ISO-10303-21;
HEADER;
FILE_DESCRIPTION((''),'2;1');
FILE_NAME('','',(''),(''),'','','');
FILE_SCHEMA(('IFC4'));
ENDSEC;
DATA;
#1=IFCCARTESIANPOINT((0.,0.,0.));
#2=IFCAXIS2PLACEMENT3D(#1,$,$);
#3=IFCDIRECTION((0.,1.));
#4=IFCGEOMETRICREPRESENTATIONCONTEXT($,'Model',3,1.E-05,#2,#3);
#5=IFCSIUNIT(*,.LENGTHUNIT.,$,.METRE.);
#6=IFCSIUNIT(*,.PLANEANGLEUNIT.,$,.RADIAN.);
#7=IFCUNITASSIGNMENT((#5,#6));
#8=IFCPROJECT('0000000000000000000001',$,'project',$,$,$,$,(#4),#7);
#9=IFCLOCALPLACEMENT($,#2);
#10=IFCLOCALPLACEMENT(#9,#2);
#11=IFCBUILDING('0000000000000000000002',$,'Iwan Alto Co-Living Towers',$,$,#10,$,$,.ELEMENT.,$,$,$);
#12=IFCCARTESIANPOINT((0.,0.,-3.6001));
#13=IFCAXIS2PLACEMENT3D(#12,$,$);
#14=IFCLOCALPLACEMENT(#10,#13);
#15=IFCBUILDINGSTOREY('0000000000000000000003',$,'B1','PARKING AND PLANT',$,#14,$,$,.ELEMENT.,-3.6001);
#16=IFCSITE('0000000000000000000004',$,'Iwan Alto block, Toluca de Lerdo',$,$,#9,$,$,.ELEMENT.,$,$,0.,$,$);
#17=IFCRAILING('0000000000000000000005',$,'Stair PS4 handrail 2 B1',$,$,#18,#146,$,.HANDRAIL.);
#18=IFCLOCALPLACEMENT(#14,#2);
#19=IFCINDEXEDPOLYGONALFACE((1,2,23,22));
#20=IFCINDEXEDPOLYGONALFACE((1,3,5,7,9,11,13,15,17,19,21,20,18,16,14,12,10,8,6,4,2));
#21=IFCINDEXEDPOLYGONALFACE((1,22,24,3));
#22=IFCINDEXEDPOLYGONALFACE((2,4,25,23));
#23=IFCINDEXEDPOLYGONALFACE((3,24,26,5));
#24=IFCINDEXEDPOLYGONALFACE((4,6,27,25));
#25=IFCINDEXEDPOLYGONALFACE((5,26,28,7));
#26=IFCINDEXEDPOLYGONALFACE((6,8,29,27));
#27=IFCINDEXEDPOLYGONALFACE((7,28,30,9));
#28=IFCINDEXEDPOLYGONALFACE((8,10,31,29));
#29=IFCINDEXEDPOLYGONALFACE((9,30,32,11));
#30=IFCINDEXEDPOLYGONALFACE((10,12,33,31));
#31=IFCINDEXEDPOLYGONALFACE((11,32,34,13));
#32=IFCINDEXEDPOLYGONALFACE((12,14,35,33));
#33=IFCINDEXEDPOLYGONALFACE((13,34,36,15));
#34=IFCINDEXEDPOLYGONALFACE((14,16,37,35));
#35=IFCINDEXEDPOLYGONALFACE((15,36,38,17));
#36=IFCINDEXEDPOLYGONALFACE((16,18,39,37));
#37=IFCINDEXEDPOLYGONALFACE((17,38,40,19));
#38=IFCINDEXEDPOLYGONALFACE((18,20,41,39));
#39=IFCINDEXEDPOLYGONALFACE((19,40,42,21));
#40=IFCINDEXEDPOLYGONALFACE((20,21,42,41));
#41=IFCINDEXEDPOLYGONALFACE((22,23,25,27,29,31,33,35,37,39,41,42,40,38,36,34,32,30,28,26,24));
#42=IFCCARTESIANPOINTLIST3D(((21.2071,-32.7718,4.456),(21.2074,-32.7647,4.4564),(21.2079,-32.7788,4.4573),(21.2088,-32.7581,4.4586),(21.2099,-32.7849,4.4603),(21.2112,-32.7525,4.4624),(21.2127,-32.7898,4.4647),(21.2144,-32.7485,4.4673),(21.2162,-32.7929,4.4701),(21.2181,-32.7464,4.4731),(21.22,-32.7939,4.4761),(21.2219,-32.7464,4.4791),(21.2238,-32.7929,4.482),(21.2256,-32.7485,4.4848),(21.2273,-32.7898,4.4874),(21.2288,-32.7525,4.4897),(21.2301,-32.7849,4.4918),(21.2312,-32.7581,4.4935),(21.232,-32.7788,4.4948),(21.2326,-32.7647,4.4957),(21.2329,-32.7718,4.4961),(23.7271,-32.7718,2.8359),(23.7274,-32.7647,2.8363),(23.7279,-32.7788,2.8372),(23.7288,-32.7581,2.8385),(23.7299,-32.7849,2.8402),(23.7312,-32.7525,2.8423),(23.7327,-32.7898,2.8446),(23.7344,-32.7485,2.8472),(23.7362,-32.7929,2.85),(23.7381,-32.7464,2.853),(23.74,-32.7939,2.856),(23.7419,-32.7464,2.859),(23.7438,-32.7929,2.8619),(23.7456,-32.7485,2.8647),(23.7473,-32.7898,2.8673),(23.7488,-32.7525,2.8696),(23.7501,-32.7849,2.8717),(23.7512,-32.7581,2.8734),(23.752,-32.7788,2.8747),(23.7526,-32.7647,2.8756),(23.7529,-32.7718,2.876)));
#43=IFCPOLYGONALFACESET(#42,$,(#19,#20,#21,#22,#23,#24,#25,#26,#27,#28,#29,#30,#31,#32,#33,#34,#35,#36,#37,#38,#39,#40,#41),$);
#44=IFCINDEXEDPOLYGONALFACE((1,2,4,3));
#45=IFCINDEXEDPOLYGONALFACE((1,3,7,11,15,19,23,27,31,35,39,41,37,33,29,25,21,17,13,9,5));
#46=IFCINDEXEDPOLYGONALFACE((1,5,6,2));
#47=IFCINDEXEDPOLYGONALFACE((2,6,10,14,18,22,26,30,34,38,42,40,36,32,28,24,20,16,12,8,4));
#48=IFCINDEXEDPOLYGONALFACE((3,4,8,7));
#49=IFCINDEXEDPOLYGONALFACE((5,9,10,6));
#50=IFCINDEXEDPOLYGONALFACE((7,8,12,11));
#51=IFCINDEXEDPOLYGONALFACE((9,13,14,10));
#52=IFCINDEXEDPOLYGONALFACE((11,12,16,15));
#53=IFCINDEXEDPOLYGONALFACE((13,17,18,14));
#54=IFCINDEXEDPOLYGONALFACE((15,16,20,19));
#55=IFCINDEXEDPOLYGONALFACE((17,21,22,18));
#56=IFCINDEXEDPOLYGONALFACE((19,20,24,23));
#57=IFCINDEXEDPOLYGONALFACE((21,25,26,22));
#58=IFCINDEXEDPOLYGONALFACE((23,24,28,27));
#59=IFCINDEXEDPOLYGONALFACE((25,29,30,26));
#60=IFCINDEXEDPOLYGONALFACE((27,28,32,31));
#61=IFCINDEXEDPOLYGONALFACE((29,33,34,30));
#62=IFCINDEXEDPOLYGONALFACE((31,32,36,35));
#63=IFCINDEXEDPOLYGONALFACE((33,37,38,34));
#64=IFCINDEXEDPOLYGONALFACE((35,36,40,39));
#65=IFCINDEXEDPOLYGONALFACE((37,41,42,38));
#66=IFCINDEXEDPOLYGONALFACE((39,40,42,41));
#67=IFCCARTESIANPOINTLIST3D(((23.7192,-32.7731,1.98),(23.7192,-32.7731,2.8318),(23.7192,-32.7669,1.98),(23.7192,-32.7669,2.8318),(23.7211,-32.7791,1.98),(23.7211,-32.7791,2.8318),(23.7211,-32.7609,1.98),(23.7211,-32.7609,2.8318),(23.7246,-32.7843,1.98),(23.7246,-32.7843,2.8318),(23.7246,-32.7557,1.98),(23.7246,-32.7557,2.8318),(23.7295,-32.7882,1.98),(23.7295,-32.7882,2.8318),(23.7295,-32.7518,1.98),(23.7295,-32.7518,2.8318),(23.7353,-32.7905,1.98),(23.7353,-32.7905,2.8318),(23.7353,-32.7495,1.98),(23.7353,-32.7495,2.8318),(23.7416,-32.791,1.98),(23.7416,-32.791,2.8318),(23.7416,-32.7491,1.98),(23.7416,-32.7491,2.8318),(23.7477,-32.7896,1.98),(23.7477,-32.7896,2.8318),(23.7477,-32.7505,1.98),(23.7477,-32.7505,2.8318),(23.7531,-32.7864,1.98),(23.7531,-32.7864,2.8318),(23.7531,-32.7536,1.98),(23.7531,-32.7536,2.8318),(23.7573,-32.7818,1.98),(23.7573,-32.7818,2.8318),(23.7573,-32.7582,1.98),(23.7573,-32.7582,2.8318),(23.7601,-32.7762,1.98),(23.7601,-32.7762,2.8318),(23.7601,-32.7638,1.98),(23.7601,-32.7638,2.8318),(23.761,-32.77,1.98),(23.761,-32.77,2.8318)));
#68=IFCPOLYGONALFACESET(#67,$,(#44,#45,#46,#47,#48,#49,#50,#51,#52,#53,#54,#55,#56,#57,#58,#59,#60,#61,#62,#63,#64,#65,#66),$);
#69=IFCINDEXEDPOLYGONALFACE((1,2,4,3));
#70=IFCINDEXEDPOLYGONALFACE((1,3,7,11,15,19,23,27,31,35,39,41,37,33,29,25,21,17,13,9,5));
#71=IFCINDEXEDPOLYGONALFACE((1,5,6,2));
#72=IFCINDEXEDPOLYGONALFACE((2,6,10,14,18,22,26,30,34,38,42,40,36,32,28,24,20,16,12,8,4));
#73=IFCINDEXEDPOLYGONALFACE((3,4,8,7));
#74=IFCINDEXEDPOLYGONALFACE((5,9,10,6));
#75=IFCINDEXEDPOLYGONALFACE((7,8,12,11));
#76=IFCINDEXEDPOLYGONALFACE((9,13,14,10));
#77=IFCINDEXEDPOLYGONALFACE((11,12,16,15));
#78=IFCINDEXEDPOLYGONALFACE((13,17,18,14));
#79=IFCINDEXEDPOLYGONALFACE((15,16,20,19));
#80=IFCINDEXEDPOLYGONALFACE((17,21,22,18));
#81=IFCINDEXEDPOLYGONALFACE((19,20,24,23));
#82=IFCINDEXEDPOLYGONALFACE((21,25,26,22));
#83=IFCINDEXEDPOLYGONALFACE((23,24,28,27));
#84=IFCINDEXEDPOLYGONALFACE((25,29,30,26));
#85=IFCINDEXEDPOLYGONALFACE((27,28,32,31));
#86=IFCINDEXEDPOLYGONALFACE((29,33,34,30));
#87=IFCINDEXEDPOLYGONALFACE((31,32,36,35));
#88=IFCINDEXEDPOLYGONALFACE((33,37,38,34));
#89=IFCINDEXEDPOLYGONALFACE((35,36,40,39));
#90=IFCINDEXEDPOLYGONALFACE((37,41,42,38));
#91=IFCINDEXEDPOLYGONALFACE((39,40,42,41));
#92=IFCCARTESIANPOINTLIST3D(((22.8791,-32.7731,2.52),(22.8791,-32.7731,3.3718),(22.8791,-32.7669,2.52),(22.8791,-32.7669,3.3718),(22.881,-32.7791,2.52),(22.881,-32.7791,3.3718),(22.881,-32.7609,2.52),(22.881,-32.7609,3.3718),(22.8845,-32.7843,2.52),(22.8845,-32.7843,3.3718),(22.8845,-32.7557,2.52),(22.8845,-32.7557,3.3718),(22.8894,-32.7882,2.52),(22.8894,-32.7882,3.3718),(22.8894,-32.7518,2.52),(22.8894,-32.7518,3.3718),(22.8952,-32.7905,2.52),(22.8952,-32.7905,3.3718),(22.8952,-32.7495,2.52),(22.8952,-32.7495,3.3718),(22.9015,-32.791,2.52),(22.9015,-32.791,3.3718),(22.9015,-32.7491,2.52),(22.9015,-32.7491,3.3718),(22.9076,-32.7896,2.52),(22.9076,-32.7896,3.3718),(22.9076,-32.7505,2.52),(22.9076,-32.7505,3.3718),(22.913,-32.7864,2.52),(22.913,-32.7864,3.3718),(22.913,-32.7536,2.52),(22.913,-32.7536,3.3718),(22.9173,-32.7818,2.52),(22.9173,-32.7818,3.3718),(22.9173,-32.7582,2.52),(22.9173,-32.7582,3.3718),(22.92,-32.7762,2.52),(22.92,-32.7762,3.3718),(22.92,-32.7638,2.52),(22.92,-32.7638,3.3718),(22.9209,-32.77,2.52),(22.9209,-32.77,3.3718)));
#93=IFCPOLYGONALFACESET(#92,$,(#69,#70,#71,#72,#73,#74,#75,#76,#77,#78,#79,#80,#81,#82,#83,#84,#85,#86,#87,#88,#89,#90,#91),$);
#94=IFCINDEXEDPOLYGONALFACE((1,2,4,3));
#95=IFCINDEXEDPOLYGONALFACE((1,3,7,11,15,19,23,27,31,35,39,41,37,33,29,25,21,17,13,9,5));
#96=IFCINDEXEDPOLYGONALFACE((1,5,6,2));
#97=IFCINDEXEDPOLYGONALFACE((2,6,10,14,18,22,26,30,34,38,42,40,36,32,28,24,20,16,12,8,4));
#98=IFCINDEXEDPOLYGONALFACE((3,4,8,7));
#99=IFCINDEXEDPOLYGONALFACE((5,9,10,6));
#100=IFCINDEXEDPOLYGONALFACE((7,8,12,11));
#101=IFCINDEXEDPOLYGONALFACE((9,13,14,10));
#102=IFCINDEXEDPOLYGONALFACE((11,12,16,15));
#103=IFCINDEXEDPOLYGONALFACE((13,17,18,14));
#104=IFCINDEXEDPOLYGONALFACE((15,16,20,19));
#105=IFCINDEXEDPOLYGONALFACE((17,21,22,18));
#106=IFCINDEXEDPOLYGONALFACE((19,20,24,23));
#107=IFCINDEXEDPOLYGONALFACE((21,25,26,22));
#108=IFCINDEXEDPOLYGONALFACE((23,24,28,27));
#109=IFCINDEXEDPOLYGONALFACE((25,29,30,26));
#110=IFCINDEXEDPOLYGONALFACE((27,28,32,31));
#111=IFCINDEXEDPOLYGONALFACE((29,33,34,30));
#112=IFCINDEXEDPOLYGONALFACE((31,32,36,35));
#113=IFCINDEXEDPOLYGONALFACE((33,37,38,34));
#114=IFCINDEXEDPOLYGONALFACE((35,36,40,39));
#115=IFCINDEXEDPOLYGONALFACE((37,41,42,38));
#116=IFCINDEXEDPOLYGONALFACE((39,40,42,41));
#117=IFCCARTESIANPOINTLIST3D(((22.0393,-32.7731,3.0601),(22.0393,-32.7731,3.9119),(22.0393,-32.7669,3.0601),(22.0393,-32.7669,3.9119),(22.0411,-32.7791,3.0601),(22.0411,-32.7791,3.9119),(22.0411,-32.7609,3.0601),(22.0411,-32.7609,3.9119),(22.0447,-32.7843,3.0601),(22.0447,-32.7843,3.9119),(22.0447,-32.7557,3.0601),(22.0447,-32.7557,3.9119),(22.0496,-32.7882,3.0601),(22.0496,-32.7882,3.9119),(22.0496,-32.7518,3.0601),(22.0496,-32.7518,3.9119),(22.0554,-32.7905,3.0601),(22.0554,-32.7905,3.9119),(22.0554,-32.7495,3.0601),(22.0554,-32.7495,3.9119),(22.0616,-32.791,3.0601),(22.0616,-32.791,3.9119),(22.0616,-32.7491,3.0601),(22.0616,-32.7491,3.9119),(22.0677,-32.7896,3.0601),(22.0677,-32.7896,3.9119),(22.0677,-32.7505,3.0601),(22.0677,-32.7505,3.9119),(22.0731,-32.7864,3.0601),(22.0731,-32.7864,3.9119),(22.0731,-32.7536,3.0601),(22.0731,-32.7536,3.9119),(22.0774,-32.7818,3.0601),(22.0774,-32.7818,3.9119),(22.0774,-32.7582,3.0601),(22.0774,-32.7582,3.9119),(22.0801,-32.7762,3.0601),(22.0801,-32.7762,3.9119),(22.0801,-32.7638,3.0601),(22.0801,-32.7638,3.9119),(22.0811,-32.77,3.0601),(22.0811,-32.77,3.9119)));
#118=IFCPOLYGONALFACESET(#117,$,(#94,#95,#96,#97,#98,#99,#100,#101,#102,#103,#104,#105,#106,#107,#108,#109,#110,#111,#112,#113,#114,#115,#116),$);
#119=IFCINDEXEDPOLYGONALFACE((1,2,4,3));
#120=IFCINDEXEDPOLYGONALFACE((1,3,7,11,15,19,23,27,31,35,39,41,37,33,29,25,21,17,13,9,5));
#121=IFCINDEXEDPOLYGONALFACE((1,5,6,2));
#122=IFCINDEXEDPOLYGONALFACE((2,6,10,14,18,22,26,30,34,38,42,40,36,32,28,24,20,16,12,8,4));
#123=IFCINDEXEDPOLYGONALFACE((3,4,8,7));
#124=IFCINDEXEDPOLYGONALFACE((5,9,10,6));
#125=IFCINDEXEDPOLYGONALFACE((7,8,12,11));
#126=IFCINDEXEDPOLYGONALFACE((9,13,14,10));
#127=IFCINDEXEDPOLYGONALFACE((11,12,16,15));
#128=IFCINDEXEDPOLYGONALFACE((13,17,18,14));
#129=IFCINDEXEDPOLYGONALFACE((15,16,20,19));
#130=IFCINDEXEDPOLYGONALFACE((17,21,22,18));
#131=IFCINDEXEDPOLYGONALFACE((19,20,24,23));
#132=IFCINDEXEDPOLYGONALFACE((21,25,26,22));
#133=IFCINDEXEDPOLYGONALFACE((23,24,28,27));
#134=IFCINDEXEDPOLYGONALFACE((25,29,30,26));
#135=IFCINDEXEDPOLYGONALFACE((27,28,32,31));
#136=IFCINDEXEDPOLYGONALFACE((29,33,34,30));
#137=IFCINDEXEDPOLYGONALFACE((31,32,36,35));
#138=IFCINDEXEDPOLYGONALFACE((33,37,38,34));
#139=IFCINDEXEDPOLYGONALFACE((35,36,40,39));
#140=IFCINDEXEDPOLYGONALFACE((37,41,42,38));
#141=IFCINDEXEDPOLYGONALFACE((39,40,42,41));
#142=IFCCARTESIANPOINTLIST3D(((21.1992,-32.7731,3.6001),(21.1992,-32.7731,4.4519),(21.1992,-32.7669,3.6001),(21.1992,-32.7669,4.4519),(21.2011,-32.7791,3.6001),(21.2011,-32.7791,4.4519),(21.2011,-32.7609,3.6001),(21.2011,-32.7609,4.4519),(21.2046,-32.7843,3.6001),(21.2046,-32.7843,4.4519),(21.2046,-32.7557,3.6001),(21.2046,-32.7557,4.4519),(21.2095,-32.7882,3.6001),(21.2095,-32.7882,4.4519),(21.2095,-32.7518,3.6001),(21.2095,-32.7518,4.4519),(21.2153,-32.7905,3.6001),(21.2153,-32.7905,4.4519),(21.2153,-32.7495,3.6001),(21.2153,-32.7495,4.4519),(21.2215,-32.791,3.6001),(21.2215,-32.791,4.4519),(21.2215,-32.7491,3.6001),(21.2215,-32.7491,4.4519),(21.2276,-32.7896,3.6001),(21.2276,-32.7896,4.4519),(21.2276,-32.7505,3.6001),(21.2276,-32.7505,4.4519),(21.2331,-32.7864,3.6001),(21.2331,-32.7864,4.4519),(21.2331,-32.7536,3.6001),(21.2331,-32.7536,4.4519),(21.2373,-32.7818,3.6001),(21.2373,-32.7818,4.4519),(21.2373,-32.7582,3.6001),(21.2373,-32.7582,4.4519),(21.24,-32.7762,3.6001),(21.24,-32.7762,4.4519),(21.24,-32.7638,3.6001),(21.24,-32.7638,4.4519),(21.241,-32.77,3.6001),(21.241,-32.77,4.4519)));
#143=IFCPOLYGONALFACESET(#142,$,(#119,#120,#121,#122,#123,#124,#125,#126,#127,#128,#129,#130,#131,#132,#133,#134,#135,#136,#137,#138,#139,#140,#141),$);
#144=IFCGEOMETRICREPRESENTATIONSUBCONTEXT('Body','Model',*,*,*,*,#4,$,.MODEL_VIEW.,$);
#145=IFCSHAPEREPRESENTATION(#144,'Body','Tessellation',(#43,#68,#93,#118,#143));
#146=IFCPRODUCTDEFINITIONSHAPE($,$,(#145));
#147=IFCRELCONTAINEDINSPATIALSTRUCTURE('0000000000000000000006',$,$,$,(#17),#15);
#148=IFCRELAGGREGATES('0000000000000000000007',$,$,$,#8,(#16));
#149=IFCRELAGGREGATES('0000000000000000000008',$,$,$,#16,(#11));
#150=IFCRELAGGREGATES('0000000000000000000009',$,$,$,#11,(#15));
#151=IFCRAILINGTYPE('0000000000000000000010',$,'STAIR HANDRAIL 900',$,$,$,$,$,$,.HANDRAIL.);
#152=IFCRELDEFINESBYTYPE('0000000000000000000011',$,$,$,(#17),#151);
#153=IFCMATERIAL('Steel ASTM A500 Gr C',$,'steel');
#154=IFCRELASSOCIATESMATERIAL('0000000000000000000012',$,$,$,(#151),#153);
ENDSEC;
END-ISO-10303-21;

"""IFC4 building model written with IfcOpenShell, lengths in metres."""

from ifc_helpers import new_model, si_unit, direction, frame, origin, origin_2d, place, context, subcontext, project, spatial, circle, extrude, material, type_object, element, save


model = new_model("IFC4")

# Units and contexts
model_context = context("Model", 3, precision=1e-05, world=origin(), true_north=direction((0.0, 1.0)))
body_context = subcontext(model_context, "Body", "Model", "MODEL_VIEW")
ifc_project = project(units=[si_unit("LENGTHUNIT", "METRE"), si_unit("PLANEANGLEUNIT", "RADIAN")], contexts=[model_context])

# Site, building, storey
site_placement = place(None, origin())
site = spatial("IfcSite", under=ifc_project, at=site_placement, Name="Iwan Alto block, Toluca de Lerdo", CompositionType="ELEMENT", RefElevation=0.0)
building_placement = place(site_placement, origin())
building = spatial("IfcBuilding", under=site, at=building_placement, Name="Iwan Alto Co-Living Towers", CompositionType="ELEMENT")
storey_placement = place(building_placement, frame((0.0, 0.0, -3.6001)))
storey = spatial("IfcBuildingStorey", under=building, at=storey_placement, Name="B1", Description="PARKING AND PLANT", CompositionType="ELEMENT", Elevation=-3.6001)

# Railing
ifc_material_1 = material(Name="Steel ASTM A500 Gr C", Category="steel")
railing_type_1 = type_object("IfcRailingType", Name="STAIR HANDRAIL 900", PredefinedType="HANDRAIL", material=ifc_material_1)
railing_1_placement = place(storey_placement, frame((23.74, -32.77, 1.98)))
element("IfcRailing", 1, at=railing_1_placement, inside=storey, type_object=railing_type_1, Name="Stair PS4 handrail 2 B1", PredefinedType="HANDRAIL", context=body_context, shape_type="SweptSolid", body=[
    extrude(circle(Radius=0.0239, at=origin_2d()), frame((0.0, 0.0, 0.876), z_axis=(-0.841163, 0.0, 0.540782), x_axis=(0.0, -1.0, 0.0)), (0.0, 0.0, 1.0), 2.9958),
    extrude(circle(Radius=0.021, at=origin_2d()), origin(), (0.0, 0.0, 1.0), 0.8518),
    extrude(circle(Radius=0.021, at=origin_2d()), frame((-0.8401, 0.0, 0.54)), (0.0, 0.0, 1.0), 0.8518),
    extrude(circle(Radius=0.021, at=origin_2d()), frame((-1.6799, 0.0, 1.0801)), (0.0, 0.0, 1.0), 0.8518),
    extrude(circle(Radius=0.021, at=origin_2d()), frame((-2.52, 0.0, 1.6201)), (0.0, 0.0, 1.0), 0.8518),
])

save(model, "model.ifc")
